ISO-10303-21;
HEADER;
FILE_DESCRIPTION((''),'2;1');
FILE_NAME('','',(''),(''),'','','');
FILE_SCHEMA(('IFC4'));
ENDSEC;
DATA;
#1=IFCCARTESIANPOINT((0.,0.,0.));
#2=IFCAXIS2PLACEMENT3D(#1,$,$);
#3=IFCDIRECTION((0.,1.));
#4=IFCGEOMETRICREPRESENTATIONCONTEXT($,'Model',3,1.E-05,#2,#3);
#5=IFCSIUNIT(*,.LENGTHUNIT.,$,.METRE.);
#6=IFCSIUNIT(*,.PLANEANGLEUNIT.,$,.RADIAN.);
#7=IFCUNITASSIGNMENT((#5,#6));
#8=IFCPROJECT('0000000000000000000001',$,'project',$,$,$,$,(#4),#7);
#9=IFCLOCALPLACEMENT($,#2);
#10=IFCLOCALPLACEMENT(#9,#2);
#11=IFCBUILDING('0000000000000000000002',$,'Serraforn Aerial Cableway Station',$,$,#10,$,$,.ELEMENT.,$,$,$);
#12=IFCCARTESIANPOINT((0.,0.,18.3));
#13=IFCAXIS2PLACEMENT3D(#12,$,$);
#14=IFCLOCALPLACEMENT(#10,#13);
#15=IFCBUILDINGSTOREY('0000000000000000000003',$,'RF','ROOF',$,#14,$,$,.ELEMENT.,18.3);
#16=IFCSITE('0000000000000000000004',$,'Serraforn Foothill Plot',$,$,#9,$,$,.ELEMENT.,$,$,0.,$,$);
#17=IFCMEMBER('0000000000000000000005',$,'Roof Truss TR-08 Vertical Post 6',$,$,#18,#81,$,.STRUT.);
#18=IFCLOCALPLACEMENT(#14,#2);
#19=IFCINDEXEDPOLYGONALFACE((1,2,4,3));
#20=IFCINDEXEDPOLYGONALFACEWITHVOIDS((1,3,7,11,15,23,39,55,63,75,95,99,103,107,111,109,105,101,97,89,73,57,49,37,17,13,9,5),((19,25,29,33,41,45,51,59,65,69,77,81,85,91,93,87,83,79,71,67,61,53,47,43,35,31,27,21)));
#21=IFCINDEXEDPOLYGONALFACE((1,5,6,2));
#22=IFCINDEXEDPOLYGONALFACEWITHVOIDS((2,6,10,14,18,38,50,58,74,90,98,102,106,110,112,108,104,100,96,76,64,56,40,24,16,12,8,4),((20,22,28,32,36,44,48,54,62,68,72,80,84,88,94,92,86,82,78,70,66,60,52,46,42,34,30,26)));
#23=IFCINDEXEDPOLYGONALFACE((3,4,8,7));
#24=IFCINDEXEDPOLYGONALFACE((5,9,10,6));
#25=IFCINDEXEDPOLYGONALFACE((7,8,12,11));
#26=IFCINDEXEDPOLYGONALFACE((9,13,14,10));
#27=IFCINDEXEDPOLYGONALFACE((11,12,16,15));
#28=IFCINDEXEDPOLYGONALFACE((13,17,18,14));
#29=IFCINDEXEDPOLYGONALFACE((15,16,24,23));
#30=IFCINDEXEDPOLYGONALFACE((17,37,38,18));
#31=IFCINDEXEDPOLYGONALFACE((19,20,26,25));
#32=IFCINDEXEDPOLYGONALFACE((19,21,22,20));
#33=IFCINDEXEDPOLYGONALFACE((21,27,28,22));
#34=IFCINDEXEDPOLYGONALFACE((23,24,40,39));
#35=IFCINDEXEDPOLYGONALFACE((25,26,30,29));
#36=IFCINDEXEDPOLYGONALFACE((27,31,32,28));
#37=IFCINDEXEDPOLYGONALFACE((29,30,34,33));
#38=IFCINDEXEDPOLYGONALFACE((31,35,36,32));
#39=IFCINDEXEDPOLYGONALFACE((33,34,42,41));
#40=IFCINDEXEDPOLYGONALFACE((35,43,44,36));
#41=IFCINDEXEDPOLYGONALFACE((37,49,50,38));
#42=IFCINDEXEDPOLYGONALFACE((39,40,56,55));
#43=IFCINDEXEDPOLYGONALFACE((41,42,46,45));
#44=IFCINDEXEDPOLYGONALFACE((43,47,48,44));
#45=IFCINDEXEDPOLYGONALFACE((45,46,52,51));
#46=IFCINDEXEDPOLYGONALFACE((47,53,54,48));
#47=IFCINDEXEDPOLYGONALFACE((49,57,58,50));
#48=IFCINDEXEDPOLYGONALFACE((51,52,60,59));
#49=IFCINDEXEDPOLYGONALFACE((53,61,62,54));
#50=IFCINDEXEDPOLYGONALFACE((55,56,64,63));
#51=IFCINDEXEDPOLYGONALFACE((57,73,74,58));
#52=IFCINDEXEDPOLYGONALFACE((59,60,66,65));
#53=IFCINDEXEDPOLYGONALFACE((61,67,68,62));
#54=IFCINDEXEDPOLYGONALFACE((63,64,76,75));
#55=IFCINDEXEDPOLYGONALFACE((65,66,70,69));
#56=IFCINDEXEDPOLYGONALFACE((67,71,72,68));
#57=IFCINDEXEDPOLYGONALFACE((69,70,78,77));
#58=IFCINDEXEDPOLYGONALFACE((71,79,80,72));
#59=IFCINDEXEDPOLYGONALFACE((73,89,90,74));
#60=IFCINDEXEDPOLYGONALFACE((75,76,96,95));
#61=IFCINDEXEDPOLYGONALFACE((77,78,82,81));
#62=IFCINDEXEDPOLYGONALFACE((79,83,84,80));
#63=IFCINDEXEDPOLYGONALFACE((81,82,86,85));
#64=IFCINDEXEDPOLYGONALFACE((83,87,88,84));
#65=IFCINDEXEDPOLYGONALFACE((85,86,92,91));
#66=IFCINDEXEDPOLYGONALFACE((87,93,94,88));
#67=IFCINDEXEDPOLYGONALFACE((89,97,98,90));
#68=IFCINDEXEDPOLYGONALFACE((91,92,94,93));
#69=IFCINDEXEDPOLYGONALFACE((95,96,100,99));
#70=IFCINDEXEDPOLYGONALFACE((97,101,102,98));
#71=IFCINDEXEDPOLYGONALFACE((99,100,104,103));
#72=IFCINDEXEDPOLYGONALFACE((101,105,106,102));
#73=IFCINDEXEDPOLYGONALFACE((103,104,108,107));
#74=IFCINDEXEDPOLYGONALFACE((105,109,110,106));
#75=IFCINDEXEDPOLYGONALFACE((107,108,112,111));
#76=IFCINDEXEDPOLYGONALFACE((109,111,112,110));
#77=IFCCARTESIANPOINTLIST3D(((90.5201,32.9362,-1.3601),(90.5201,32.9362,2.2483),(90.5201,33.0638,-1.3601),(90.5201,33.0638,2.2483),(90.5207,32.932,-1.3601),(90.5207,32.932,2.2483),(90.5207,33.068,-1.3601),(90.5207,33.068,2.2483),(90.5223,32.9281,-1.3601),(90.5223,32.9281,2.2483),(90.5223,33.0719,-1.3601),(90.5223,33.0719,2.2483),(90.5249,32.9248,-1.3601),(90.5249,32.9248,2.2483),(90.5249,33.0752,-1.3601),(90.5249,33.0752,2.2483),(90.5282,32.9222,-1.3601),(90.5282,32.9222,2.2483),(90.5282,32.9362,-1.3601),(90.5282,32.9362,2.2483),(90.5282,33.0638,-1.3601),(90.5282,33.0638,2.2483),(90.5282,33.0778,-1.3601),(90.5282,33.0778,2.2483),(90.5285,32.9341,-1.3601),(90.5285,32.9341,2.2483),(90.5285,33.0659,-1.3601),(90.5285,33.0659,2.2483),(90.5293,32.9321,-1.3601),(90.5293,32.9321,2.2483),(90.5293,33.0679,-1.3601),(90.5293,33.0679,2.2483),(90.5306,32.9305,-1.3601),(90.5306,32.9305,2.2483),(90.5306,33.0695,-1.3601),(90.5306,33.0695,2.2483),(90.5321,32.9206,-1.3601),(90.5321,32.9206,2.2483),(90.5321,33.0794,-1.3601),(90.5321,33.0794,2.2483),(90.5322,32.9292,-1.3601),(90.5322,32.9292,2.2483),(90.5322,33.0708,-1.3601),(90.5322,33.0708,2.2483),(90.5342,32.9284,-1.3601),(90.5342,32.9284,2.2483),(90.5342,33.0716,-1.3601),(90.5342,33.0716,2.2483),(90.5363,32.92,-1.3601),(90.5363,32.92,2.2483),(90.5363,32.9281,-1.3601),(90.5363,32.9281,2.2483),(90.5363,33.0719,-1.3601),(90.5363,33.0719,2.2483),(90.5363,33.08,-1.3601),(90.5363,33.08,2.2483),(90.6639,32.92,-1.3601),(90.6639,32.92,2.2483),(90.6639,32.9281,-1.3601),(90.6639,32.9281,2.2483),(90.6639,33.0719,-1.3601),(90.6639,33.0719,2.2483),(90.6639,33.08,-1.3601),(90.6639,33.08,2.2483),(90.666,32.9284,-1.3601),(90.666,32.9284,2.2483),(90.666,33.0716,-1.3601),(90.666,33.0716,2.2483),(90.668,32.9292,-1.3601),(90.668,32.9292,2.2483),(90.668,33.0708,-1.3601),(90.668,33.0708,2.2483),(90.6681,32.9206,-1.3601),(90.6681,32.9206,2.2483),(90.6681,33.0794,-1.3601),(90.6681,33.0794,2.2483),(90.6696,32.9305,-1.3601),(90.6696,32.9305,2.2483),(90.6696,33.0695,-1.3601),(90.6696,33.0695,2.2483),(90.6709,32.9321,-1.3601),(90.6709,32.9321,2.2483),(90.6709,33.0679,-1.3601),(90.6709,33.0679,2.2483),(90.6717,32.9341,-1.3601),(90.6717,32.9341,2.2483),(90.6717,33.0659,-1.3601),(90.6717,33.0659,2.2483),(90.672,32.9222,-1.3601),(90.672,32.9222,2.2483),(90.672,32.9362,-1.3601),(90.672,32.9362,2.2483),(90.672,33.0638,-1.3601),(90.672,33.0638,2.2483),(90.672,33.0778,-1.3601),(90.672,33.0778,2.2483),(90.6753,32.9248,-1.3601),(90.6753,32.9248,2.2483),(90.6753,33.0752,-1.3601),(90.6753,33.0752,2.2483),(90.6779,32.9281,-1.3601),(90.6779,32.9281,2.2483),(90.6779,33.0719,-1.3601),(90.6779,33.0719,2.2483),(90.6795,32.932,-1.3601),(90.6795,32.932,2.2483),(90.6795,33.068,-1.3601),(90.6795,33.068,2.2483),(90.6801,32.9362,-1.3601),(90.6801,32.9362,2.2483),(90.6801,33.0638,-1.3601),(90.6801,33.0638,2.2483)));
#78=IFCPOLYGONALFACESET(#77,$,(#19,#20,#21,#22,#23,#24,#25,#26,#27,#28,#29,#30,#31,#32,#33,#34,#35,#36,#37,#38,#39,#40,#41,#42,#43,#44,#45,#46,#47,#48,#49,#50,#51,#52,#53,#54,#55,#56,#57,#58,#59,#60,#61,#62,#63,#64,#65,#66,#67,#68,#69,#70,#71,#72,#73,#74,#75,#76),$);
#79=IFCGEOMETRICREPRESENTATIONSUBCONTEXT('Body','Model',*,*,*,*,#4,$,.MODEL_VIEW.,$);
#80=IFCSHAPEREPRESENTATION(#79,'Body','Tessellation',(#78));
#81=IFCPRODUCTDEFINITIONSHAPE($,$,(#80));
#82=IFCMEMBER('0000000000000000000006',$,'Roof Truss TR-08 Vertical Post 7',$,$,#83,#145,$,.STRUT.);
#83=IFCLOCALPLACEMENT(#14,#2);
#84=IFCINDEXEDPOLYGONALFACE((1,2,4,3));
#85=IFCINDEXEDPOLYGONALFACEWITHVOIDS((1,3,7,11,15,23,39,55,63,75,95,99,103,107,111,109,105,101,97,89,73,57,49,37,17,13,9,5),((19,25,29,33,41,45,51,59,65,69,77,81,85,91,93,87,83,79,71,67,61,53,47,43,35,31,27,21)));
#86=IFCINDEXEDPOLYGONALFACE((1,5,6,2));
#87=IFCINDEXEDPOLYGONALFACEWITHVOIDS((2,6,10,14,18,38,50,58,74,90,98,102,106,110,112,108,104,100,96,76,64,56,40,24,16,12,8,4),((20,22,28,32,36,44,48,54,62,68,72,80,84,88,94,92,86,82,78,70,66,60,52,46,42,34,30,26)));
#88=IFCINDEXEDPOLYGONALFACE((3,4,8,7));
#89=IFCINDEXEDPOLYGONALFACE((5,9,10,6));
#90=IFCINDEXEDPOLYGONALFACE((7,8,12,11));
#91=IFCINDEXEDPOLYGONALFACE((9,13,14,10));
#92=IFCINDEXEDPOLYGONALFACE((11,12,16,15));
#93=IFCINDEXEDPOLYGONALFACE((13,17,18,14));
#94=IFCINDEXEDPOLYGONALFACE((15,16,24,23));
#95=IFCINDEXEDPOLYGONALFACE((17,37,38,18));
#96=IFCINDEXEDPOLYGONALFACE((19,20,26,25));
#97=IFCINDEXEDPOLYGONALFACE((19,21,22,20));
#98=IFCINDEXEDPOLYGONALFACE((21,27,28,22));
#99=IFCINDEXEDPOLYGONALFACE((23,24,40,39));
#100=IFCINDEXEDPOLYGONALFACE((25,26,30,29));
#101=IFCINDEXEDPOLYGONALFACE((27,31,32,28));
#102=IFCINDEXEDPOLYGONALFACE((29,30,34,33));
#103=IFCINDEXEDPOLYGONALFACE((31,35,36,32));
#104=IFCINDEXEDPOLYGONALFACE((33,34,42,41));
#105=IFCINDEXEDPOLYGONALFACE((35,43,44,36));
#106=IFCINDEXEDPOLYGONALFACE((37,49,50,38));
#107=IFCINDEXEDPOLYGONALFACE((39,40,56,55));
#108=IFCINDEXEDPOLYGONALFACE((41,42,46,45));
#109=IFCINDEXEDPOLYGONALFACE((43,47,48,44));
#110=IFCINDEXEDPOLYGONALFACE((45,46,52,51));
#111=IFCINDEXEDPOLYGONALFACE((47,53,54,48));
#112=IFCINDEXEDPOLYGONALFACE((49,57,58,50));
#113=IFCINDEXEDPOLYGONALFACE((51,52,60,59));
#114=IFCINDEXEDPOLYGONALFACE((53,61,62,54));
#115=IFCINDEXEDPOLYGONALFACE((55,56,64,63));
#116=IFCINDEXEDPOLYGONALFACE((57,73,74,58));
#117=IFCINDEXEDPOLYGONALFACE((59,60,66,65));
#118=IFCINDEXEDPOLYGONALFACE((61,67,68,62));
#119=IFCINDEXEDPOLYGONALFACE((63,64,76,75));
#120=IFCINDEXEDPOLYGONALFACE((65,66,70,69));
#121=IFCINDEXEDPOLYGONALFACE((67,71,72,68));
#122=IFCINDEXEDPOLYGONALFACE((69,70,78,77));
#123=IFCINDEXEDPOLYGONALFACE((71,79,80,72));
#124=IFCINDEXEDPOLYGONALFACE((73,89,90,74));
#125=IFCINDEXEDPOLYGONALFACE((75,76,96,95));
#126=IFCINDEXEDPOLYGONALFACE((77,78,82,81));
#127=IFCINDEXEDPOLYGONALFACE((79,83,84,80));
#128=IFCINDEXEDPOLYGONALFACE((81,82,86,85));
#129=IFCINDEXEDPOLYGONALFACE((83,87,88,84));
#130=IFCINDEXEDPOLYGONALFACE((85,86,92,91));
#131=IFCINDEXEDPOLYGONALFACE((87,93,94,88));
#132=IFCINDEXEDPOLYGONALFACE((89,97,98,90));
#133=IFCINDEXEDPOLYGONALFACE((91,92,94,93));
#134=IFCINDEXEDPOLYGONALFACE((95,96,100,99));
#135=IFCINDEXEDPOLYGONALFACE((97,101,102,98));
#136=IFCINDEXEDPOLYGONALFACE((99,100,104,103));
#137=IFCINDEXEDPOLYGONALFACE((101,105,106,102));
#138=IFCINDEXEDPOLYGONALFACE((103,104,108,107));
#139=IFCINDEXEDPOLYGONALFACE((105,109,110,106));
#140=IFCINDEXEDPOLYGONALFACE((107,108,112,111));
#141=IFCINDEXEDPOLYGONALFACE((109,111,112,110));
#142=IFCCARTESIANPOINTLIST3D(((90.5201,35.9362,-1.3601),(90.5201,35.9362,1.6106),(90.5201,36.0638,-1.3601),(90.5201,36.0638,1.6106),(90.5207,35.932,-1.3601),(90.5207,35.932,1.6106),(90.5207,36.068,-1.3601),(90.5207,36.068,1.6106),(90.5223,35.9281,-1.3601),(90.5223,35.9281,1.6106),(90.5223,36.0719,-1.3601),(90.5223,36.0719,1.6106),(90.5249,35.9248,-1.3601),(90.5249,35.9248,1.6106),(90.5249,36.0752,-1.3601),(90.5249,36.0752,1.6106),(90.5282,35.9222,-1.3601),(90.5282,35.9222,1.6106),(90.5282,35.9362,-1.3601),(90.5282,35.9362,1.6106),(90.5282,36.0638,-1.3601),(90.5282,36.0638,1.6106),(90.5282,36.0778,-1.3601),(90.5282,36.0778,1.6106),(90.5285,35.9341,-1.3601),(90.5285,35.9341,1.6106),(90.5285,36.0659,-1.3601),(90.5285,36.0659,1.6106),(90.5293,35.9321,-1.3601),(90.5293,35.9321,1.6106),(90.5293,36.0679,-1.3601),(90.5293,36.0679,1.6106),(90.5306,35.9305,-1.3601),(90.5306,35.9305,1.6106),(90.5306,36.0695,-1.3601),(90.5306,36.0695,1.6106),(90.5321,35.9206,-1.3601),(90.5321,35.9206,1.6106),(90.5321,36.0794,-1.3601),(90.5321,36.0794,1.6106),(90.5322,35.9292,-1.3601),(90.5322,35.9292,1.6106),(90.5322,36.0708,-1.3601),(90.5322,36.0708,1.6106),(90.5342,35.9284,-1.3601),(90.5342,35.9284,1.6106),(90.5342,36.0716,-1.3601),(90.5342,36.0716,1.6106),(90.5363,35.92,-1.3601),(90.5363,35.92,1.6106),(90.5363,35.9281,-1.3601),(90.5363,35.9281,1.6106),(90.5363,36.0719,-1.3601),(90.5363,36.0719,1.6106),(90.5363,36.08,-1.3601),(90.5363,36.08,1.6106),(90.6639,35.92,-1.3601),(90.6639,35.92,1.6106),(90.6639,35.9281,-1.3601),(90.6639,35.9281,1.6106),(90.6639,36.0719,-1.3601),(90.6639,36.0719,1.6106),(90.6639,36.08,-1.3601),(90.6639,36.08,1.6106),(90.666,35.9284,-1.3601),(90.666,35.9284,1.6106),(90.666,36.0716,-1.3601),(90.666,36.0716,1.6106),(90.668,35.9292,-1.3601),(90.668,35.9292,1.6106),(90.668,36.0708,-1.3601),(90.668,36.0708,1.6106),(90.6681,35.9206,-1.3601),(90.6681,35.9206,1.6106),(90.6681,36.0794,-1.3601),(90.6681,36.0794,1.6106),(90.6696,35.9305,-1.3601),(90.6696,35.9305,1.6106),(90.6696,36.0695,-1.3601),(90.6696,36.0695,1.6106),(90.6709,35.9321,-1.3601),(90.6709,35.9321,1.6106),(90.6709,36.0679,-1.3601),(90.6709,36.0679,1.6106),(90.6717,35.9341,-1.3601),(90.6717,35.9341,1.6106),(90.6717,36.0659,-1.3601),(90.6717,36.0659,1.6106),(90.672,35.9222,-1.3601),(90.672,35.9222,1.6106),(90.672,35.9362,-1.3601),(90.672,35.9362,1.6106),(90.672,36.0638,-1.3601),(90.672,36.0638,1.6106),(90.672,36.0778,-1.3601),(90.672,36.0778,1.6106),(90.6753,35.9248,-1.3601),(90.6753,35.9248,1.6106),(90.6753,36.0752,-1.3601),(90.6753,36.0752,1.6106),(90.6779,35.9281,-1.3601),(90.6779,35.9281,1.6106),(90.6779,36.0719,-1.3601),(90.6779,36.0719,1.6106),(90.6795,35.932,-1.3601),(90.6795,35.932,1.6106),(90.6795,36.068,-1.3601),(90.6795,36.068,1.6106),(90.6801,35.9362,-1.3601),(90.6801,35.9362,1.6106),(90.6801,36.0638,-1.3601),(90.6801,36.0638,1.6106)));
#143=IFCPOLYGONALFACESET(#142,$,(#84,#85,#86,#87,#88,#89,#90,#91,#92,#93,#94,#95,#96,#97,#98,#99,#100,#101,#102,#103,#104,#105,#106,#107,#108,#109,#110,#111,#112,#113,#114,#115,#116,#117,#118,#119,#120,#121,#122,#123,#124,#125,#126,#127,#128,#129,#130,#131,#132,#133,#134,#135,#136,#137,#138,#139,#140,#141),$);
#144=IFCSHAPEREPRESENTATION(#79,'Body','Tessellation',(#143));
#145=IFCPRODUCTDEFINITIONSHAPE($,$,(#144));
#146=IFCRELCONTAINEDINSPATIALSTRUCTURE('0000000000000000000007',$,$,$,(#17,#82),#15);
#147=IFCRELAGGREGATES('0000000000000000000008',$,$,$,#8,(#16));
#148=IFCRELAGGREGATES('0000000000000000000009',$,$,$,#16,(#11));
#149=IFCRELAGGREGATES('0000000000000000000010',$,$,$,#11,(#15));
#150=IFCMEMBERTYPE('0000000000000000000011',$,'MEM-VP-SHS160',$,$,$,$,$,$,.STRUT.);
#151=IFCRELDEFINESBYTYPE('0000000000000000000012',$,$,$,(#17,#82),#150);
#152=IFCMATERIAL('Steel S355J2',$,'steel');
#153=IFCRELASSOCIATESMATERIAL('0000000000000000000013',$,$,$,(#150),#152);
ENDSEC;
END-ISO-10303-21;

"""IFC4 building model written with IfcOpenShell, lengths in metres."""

from ifc_helpers import new_model, si_unit, direction, frame, origin, origin_2d, place, context, subcontext, project, spatial, hollow_rectangle, extrude, material, material_profile, profile_set, type_object, element, save


model = new_model("IFC4")

# Units and contexts
model_context = context("Model", 3, precision=1e-05, world=origin(), true_north=direction((0.0, 1.0)))
body_context = subcontext(model_context, "Body", "Model", "MODEL_VIEW")
ifc_project = project(units=[si_unit("LENGTHUNIT", "METRE"), si_unit("PLANEANGLEUNIT", "RADIAN")], contexts=[model_context])

# Site, building, storey
site_placement = place(None, origin())
site = spatial("IfcSite", under=ifc_project, at=site_placement, Name="Serraforn Foothill Plot", CompositionType="ELEMENT", RefElevation=0.0)
building_placement = place(site_placement, origin())
building = spatial("IfcBuilding", under=site, at=building_placement, Name="Serraforn Aerial Cableway Station", CompositionType="ELEMENT")
storey_placement = place(building_placement, frame((0.0, 0.0, 18.3)))
storey = spatial("IfcBuildingStorey", under=building, at=storey_placement, Name="RF", Description="ROOF", CompositionType="ELEMENT", Elevation=18.3)

# Members
ifc_material_1 = material(Name="Steel S355J2", Category="steel")
ifc_material_profile_1 = material_profile(ifc_material_1, hollow_rectangle(XDim=0.1599, YDim=0.1599, WallThickness=0.0081, InnerFilletRadius=0.0081, OuterFilletRadius=0.0161, at=origin_2d()), Name="SHS 160x160x8.0")
ifc_profile_set_1 = profile_set([ifc_material_profile_1], Name="Steel S355J2")
member_type_1 = type_object("IfcMemberType", Name="MEM-VP-SHS160", PredefinedType="STRUT", material=ifc_profile_set_1)
member_1_placement = place(storey_placement, frame((90.6001, 33.0, -1.3601), z_axis=(0.0, 0.0, 1.0), x_axis=(1.0, 0.0, 0.0)))
element("IfcMember", 1, at=member_1_placement, inside=storey, type_object=member_type_1, Name="Roof Truss TR-08 Vertical Post 6", PredefinedType="STRUT", context=body_context, shape_type="SweptSolid", body=[
    extrude(hollow_rectangle(XDim=0.1599, YDim=0.1599, WallThickness=0.0081, InnerFilletRadius=0.0081, OuterFilletRadius=0.0161, at=origin_2d()), origin(), (0.0, 0.0, 1.0), 3.6084),
])
member_2_placement = place(storey_placement, frame((90.6001, 36.0, -1.3601), z_axis=(0.0, 0.0, 1.0), x_axis=(1.0, 0.0, 0.0)))
element("IfcMember", 2, at=member_2_placement, inside=storey, type_object=member_type_1, Name="Roof Truss TR-08 Vertical Post 7", PredefinedType="STRUT", context=body_context, shape_type="SweptSolid", body=[
    extrude(hollow_rectangle(XDim=0.1599, YDim=0.1599, WallThickness=0.0081, InnerFilletRadius=0.0081, OuterFilletRadius=0.0161, at=origin_2d()), origin(), (0.0, 0.0, 1.0), 2.9707),
])

save(model, "model.ifc")
